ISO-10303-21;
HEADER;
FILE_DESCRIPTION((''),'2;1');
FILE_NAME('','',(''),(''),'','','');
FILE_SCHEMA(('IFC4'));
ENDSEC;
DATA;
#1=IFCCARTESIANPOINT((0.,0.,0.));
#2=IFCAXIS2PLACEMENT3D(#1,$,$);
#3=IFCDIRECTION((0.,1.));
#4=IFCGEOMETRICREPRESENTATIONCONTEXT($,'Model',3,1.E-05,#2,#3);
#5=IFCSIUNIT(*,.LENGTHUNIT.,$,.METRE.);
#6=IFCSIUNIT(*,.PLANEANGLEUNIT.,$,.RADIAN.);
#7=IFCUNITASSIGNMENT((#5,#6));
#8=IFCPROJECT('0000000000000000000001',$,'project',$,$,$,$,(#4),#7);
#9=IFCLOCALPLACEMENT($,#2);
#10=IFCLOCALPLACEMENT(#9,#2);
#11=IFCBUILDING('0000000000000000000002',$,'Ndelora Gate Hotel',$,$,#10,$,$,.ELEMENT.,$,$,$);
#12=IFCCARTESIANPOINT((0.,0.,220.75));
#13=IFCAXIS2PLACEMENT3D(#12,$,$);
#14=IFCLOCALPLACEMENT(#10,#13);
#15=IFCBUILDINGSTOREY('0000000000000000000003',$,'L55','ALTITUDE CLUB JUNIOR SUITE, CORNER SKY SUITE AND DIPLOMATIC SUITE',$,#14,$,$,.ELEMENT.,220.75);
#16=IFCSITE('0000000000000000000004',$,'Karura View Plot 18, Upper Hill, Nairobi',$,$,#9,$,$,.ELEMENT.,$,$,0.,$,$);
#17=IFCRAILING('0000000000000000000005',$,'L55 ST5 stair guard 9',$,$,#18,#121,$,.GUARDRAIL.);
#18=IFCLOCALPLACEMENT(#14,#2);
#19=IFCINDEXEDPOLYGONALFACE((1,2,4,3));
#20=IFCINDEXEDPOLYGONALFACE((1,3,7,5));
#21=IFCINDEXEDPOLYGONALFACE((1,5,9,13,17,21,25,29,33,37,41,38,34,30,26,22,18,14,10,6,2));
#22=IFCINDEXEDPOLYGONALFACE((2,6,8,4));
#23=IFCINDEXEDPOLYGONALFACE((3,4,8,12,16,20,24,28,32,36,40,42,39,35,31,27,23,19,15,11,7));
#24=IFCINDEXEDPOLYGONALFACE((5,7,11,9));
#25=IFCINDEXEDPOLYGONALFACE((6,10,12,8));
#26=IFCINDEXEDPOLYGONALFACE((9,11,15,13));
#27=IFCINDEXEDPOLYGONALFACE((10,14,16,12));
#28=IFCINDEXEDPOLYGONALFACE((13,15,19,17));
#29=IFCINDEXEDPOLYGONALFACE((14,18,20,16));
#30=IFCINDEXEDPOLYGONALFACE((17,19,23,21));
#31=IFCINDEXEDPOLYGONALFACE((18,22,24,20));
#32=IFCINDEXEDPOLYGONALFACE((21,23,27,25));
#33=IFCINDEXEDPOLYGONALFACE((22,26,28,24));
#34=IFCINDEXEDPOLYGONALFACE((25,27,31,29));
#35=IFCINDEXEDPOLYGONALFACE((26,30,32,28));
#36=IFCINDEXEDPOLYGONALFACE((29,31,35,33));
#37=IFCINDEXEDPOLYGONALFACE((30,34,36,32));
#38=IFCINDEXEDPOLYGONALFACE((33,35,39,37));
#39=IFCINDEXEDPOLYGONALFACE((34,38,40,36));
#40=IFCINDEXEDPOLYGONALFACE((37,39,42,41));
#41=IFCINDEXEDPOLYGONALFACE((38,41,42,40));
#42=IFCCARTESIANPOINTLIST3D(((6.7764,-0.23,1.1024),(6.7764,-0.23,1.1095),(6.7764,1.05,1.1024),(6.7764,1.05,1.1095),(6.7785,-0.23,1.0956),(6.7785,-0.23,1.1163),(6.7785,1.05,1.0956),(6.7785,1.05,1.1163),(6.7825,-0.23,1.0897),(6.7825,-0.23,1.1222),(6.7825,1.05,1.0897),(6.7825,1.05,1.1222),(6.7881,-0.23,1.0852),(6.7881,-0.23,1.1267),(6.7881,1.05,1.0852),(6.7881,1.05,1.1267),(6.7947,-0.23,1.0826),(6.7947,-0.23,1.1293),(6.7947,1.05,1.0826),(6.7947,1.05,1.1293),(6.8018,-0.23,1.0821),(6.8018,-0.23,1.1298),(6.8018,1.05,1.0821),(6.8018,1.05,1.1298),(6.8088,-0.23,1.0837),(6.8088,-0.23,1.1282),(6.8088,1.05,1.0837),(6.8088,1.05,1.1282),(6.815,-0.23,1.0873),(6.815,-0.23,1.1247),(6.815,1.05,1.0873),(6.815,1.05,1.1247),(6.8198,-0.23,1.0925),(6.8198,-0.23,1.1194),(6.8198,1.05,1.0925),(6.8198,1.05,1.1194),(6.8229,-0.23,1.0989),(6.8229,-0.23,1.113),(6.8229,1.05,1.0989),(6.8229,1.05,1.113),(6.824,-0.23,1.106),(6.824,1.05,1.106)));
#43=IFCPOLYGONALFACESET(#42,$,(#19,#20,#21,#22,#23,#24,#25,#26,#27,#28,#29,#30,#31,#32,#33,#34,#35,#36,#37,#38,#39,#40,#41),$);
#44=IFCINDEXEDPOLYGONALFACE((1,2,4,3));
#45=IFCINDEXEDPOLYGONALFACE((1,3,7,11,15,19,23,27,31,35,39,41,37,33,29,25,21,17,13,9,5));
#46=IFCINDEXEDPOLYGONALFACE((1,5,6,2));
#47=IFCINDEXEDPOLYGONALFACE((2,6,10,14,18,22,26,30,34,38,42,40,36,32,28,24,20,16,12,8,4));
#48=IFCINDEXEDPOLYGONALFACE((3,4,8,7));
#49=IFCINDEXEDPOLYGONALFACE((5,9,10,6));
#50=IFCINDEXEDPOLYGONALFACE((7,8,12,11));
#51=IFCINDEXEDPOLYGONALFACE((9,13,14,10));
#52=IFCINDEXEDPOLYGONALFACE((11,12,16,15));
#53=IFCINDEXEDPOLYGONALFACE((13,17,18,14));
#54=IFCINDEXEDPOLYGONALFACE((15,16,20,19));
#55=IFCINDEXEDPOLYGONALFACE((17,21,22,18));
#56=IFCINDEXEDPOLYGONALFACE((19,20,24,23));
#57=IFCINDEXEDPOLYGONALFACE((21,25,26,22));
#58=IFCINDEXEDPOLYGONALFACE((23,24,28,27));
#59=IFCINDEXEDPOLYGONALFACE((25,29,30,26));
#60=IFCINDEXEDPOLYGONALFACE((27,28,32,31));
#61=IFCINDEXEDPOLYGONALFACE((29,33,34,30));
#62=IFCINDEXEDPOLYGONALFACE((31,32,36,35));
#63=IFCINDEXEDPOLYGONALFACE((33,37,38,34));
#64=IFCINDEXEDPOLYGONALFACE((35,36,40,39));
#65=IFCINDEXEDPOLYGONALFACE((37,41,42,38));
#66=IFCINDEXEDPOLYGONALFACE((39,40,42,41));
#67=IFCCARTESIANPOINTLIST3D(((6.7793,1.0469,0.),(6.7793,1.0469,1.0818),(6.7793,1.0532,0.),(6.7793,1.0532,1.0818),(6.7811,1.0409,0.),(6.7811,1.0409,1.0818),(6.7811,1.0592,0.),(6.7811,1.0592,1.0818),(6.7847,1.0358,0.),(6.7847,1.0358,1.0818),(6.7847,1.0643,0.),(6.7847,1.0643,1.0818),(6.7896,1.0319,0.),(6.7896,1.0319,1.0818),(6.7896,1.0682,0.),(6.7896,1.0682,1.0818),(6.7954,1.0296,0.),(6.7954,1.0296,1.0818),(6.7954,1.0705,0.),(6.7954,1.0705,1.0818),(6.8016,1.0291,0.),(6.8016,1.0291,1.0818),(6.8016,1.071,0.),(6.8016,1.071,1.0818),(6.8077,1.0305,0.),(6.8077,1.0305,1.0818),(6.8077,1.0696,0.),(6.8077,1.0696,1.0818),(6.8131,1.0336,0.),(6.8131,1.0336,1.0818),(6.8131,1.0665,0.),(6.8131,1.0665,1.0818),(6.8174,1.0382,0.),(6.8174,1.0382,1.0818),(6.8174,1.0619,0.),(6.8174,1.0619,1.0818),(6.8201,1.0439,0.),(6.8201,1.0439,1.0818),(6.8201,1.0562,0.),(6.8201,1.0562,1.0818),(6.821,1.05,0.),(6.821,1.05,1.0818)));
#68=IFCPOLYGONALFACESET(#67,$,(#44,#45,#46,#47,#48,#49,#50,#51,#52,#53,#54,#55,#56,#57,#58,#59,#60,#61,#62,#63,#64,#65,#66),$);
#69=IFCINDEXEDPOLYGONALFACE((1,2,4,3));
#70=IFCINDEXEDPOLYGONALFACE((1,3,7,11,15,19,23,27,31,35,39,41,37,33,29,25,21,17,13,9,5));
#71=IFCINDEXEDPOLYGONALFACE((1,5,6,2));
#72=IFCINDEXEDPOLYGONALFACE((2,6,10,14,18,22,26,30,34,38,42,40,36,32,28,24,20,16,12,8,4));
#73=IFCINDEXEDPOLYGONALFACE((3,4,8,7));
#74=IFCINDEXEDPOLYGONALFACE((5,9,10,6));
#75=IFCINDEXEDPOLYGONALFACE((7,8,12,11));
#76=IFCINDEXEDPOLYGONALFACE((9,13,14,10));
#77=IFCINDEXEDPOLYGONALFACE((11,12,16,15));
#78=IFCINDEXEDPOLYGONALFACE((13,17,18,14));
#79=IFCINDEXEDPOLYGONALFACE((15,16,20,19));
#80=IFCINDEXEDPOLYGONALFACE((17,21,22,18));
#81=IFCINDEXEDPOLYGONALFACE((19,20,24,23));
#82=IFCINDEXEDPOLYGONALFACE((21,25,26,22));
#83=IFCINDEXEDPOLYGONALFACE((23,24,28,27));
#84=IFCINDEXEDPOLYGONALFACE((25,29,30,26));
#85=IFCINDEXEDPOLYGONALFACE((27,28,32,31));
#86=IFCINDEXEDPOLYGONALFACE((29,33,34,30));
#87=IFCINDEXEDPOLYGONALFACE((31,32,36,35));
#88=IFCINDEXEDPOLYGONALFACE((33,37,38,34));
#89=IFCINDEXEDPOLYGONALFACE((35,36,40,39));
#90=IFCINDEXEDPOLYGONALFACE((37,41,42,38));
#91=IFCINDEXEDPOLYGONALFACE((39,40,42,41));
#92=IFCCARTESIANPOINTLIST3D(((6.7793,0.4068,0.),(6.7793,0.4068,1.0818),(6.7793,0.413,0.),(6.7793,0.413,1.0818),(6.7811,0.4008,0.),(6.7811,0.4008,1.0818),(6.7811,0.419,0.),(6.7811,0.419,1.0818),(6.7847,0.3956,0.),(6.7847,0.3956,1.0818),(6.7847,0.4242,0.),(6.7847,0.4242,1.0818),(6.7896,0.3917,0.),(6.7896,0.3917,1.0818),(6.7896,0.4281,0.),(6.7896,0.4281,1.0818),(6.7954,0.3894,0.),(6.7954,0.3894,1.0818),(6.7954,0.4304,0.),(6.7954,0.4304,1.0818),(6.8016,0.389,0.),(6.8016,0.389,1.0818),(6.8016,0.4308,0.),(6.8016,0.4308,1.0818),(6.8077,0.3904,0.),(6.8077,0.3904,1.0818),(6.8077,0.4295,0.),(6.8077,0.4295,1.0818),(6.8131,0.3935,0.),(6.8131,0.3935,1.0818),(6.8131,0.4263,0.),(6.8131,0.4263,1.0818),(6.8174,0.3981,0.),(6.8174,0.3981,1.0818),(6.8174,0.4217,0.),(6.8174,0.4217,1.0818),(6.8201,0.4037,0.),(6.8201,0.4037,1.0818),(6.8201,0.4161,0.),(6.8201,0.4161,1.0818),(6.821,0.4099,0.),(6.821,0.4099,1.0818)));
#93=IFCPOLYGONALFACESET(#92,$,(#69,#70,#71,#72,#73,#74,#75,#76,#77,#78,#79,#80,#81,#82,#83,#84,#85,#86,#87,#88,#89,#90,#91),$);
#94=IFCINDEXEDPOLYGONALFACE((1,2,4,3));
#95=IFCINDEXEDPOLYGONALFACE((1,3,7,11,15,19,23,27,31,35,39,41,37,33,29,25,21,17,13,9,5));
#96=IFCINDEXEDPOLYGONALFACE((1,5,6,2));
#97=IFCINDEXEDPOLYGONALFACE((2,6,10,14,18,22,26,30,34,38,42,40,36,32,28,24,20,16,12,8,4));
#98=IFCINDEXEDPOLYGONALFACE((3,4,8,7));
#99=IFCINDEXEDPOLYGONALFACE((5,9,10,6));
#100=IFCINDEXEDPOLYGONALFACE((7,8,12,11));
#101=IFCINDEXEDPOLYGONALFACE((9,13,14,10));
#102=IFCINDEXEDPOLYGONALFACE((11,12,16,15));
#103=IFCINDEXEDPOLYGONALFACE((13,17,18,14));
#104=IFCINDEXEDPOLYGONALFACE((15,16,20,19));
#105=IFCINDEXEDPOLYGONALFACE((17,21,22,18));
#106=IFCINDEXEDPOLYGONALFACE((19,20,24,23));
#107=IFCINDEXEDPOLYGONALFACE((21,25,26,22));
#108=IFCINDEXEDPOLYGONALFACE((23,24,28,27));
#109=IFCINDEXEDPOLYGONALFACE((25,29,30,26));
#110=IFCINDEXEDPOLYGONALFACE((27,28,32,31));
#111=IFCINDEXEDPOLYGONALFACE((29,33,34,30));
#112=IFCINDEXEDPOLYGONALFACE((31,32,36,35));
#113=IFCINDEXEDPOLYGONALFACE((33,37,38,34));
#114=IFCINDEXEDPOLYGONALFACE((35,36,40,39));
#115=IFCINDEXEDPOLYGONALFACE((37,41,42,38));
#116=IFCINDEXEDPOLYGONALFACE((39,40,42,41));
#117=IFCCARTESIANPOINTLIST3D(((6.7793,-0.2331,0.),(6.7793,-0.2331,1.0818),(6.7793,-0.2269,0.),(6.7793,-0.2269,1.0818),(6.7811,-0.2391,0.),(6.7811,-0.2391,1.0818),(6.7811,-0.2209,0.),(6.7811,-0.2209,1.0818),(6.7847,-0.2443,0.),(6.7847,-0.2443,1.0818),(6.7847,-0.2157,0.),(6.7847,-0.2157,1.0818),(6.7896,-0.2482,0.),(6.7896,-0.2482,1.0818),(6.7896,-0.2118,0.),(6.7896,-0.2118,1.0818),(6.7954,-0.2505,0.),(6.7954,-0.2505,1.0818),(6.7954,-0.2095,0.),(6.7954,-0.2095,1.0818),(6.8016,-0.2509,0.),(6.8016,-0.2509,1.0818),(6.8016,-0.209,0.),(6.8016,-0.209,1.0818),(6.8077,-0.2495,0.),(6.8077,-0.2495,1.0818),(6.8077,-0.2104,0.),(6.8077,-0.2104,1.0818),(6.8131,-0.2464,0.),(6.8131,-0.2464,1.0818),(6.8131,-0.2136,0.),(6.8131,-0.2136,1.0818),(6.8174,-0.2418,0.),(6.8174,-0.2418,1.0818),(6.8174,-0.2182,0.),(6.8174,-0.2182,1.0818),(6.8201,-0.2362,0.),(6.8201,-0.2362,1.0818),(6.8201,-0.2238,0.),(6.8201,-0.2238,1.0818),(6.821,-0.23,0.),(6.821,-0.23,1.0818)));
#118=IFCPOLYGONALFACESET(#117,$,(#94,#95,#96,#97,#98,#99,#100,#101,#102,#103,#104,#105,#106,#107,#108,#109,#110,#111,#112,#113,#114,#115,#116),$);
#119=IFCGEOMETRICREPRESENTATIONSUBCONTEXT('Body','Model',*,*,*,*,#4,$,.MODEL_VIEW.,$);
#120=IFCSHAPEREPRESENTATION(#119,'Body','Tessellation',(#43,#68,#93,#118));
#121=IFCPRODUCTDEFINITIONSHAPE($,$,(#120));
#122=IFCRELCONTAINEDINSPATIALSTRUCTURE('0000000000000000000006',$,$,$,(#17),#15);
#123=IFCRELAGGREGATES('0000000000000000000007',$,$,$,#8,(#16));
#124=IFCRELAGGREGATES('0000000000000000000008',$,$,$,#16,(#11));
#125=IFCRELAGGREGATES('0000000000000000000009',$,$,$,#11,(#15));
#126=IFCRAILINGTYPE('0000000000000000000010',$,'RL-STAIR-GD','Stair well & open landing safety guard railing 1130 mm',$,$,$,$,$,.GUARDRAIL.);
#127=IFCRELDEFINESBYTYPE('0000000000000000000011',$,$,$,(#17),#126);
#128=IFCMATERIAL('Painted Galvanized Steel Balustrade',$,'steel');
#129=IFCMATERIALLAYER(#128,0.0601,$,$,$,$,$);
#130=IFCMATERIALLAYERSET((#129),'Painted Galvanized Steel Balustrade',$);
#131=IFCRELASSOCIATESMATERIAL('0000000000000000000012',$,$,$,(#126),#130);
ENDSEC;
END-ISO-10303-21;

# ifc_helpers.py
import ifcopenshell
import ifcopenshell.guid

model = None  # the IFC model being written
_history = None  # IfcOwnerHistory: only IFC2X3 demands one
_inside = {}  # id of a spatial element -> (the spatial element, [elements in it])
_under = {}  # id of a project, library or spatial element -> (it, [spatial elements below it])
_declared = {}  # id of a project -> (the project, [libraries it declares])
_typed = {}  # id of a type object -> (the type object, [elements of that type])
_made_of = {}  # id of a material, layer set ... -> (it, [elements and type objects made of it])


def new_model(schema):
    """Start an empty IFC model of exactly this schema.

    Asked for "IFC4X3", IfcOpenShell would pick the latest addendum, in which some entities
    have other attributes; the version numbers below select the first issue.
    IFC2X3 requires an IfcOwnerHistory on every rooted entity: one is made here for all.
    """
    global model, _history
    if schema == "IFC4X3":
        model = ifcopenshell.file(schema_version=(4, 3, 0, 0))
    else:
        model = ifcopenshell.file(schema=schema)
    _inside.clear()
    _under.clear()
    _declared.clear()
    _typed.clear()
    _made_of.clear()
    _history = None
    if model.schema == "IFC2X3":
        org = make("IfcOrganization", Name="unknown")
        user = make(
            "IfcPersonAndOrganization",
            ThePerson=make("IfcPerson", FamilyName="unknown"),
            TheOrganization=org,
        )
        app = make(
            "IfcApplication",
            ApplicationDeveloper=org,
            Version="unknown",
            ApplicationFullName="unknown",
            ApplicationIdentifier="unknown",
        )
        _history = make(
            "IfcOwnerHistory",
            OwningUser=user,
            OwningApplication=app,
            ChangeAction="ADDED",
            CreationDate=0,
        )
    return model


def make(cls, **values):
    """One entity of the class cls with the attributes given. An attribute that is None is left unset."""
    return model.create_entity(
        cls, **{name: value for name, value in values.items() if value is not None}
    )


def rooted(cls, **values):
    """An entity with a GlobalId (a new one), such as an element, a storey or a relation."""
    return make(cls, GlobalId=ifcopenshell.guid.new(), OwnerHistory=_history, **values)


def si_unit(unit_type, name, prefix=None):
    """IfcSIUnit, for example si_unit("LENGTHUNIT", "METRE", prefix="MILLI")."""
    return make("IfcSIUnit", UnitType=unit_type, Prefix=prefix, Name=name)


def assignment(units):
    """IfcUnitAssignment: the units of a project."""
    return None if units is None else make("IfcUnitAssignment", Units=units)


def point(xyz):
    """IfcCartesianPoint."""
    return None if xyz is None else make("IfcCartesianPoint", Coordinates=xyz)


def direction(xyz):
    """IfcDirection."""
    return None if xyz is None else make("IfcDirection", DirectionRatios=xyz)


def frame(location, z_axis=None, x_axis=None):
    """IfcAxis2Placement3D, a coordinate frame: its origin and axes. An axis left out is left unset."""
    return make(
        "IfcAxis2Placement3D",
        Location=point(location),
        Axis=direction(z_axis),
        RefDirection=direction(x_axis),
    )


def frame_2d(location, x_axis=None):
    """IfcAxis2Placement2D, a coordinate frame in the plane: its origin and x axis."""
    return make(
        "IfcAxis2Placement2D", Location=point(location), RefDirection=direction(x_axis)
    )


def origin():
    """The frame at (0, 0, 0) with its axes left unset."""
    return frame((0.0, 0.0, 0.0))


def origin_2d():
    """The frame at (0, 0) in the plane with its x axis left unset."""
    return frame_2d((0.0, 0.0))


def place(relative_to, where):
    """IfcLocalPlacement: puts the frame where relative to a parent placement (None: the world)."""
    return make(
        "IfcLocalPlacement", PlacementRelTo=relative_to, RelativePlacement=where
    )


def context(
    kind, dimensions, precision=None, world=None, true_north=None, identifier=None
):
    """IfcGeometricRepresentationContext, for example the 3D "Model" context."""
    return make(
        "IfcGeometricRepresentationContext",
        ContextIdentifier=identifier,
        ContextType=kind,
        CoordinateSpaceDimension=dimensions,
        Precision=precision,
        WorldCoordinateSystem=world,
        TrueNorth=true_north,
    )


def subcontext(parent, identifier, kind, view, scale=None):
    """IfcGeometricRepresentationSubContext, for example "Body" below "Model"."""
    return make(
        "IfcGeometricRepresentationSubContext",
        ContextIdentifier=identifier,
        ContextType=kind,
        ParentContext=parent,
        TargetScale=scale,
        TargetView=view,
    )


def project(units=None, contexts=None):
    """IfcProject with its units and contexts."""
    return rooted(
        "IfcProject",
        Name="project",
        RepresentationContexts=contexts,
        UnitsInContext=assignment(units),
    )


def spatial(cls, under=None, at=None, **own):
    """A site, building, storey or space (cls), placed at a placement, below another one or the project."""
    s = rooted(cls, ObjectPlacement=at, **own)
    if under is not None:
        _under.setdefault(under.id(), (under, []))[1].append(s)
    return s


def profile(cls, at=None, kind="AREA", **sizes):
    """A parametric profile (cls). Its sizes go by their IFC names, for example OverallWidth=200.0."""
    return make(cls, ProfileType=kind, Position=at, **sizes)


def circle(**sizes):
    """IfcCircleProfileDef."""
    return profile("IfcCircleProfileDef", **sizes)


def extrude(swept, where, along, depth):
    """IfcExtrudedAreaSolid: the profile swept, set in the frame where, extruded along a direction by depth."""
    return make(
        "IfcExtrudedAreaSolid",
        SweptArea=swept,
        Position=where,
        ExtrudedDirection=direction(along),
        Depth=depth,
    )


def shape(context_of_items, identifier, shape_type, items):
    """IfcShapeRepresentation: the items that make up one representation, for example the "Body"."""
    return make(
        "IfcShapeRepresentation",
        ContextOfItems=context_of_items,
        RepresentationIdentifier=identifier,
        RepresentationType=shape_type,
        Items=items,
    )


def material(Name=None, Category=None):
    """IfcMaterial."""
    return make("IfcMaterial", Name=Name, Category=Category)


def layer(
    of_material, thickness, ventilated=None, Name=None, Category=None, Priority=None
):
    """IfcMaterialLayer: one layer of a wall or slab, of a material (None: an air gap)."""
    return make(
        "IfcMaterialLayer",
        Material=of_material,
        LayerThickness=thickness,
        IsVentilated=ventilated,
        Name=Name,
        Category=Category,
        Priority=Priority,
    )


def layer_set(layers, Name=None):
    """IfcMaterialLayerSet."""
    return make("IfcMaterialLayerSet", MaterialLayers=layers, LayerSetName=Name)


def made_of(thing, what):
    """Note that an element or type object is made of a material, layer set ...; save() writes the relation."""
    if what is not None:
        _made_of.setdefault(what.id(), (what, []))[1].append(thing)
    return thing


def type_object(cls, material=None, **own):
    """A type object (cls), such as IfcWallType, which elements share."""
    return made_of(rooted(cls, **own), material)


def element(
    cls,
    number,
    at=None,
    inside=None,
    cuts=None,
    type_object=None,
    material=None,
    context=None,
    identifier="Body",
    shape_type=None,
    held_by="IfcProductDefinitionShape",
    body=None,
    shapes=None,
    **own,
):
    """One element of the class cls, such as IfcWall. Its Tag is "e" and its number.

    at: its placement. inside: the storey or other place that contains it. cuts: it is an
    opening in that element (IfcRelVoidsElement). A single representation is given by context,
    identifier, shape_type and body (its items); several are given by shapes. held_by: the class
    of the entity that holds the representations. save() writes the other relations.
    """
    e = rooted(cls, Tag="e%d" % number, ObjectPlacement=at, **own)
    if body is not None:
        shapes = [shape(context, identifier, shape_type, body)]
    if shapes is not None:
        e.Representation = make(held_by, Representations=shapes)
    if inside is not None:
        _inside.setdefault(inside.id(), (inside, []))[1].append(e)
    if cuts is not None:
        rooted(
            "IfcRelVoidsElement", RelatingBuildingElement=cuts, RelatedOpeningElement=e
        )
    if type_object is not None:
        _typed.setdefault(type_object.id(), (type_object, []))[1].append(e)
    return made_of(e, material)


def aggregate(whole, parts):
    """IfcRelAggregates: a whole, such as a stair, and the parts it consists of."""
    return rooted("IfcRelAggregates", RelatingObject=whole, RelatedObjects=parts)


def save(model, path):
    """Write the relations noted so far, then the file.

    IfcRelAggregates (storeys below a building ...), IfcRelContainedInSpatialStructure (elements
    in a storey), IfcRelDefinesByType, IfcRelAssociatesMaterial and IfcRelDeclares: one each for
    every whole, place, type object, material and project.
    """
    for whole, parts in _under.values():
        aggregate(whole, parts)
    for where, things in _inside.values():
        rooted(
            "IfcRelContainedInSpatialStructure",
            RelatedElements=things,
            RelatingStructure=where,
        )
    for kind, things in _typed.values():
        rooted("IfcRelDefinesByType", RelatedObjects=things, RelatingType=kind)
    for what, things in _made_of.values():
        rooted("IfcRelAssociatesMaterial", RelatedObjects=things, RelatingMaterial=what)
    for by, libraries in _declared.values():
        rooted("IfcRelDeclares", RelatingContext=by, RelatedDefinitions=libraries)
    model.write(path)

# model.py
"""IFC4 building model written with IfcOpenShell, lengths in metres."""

from ifc_helpers import new_model, si_unit, direction, frame, origin, origin_2d, place, context, subcontext, project, spatial, circle, extrude, material, layer, layer_set, type_object, element, save


model = new_model("IFC4")

# Units and contexts
model_context = context("Model", 3, precision=1e-05, world=origin(), true_north=direction((0.0, 1.0)))
body_context = subcontext(model_context, "Body", "Model", "MODEL_VIEW")
ifc_project = project(units=[si_unit("LENGTHUNIT", "METRE"), si_unit("PLANEANGLEUNIT", "RADIAN")], contexts=[model_context])

# Site, building, storey
site_placement = place(None, origin())
site = spatial("IfcSite", under=ifc_project, at=site_placement, Name="Karura View Plot 18, Upper Hill, Nairobi", CompositionType="ELEMENT", RefElevation=0.0)
building_placement = place(site_placement, origin())
building = spatial("IfcBuilding", under=site, at=building_placement, Name="Ndelora Gate Hotel", CompositionType="ELEMENT")
storey_placement = place(building_placement, frame((0.0, 0.0, 220.75)))
storey = spatial("IfcBuildingStorey", under=building, at=storey_placement, Name="L55", Description="ALTITUDE CLUB JUNIOR SUITE, CORNER SKY SUITE AND DIPLOMATIC SUITE", CompositionType="ELEMENT", Elevation=220.75)

# Railing
ifc_material_1 = material(Name="Painted Galvanized Steel Balustrade", Category="steel")
ifc_layer_1 = layer(ifc_material_1, 0.0601)
ifc_layer_set_1 = layer_set([ifc_layer_1], Name="Painted Galvanized Steel Balustrade")
railing_type = type_object("IfcRailingType", Name="RL-STAIR-GD", Description="Stair well & open landing safety guard railing 1130 mm", PredefinedType="GUARDRAIL", material=ifc_layer_set_1)
for number, where, name in (
    (1, (6.8, 1.05, 0.0), "L55 ST5 stair guard 9"),
):
    element("IfcRailing", number, at=place(storey_placement, frame(where)), inside=storey, type_object=railing_type, Name=name, PredefinedType="GUARDRAIL", context=body_context, shape_type="SweptSolid", body=[
        extrude(circle(Radius=0.0239, at=origin_2d()), frame((0.0, 0.0, 1.106), z_axis=(0.0, -1.0, 0.0), x_axis=(1.0, 0.0, 0.0)), (0.0, 0.0, 1.0), 1.28),
        extrude(circle(Radius=0.021, at=origin_2d()), origin(), (0.0, 0.0, 1.0), 1.0818),
        extrude(circle(Radius=0.021, at=origin_2d()), frame((0.0, -0.6401, 0.0)), (0.0, 0.0, 1.0), 1.0818),
        extrude(circle(Radius=0.021, at=origin_2d()), frame((0.0, -1.28, 0.0)), (0.0, 0.0, 1.0), 1.0818),
    ])

save(model, "model.ifc")
